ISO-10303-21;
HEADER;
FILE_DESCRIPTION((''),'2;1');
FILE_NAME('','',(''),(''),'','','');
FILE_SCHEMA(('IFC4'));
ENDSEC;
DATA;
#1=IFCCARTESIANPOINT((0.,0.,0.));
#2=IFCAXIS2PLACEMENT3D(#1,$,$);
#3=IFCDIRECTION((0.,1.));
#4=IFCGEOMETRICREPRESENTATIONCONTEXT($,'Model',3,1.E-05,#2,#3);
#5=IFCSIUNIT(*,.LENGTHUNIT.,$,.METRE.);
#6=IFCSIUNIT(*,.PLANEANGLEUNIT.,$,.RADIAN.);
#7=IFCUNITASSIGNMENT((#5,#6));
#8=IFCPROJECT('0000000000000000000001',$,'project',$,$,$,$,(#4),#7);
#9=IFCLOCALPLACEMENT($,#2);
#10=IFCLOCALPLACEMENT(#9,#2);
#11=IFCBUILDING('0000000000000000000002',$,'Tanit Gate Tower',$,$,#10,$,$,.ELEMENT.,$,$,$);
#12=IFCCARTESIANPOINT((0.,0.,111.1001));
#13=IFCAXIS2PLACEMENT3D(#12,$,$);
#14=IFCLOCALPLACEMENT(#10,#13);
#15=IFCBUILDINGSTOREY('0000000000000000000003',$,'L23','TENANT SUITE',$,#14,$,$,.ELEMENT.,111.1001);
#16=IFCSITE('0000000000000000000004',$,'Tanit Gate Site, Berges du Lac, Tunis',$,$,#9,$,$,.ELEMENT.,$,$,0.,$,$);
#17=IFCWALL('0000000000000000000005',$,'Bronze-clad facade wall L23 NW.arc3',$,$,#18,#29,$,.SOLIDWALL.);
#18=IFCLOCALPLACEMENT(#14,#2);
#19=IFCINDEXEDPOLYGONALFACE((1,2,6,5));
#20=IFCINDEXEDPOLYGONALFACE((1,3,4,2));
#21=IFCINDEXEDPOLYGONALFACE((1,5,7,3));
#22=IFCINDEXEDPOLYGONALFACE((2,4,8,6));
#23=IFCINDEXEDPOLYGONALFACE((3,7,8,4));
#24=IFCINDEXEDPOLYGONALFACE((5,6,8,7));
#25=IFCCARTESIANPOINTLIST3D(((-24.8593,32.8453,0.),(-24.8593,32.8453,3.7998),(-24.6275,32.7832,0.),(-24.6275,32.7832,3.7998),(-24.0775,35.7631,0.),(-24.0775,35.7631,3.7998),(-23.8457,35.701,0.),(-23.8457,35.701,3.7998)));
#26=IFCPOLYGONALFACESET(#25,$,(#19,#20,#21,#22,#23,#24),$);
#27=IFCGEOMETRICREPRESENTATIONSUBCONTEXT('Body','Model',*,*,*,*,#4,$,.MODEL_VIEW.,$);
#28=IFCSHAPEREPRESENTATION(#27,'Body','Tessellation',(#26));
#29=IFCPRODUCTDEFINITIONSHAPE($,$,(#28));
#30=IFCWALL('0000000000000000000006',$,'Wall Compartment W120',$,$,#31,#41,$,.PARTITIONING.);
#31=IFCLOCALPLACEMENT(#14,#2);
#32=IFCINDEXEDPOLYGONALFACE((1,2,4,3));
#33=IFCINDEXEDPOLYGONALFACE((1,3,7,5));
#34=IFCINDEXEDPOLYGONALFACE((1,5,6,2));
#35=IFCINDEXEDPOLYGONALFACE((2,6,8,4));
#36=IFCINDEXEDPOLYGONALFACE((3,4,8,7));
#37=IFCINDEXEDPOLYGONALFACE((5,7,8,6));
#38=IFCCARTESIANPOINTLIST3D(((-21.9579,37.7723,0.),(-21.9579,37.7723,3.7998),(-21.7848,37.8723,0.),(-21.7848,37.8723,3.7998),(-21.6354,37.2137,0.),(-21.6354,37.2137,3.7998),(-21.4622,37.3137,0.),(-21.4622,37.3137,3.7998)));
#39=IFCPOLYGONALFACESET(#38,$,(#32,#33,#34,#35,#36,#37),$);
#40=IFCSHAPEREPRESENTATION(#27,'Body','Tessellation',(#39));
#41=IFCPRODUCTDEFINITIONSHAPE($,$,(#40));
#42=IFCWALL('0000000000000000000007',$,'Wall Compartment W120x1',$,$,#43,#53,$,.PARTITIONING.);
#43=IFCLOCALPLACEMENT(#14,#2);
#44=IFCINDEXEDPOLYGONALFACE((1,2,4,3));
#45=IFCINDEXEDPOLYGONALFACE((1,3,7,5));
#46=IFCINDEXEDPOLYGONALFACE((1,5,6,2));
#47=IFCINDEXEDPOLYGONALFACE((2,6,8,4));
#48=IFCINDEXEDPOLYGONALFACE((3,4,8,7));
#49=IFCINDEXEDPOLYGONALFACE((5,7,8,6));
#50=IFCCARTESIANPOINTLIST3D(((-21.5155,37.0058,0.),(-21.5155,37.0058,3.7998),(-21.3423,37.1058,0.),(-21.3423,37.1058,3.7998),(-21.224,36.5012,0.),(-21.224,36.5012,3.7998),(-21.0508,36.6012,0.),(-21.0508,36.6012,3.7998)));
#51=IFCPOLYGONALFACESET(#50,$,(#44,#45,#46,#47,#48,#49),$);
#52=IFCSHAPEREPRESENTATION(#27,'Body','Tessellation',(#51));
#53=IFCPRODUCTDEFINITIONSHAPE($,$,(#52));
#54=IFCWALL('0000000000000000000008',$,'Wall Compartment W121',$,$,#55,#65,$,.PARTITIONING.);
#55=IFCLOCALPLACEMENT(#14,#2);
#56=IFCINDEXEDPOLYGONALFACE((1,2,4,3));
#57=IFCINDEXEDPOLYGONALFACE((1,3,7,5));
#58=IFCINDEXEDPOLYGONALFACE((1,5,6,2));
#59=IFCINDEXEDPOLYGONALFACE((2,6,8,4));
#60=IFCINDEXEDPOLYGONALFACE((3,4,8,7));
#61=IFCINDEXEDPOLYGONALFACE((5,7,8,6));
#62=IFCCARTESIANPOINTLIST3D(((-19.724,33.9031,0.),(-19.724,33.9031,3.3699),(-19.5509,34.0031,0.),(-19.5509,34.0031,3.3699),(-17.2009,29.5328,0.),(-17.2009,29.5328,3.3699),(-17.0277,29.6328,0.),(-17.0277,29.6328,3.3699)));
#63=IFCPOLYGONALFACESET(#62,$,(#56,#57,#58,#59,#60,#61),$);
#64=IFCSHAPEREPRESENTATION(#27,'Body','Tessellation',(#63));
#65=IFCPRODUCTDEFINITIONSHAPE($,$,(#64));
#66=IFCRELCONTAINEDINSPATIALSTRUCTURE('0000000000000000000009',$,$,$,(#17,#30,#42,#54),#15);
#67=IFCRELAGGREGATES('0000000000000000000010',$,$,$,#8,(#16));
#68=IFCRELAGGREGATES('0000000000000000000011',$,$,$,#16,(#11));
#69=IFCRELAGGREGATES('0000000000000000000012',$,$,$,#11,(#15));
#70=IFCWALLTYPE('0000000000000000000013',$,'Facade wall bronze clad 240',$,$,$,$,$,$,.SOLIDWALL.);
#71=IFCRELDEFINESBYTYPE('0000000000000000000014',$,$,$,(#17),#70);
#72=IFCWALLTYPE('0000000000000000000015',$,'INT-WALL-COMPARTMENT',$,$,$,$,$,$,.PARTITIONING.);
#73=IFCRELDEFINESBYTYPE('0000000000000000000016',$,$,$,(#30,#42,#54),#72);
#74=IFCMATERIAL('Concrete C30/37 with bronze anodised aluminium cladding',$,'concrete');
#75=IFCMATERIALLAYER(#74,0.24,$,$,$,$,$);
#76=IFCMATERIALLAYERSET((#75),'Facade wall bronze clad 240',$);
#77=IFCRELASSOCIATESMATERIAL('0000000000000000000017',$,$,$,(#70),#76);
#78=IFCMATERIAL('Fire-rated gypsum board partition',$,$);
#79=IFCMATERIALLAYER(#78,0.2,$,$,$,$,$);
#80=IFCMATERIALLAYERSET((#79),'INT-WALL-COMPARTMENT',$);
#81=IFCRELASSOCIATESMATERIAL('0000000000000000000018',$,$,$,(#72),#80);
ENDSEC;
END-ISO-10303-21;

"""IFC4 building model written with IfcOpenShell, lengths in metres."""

from ifc_helpers import new_model, si_unit, direction, frame, frame_2d, origin, place, context, subcontext, project, spatial, rectangle, extrude, material, layer, layer_set, type_object, element, save


model = new_model("IFC4")

# Units and contexts
model_context = context("Model", 3, precision=1e-05, world=origin(), true_north=direction((0.0, 1.0)))
body_context = subcontext(model_context, "Body", "Model", "MODEL_VIEW")
ifc_project = project(units=[si_unit("LENGTHUNIT", "METRE"), si_unit("PLANEANGLEUNIT", "RADIAN")], contexts=[model_context])

# Site, building, storey
site_placement = place(None, origin())
site = spatial("IfcSite", under=ifc_project, at=site_placement, Name="Tanit Gate Site, Berges du Lac, Tunis", CompositionType="ELEMENT", RefElevation=0.0)
building_placement = place(site_placement, origin())
building = spatial("IfcBuilding", under=site, at=building_placement, Name="Tanit Gate Tower", CompositionType="ELEMENT")
storey_placement = place(building_placement, frame((0.0, 0.0, 111.1001)))
storey = spatial("IfcBuildingStorey", under=building, at=storey_placement, Name="L23", Description="TENANT SUITE", CompositionType="ELEMENT", Elevation=111.1001)

# Walls
ifc_material_1 = material(Name="Concrete C30/37 with bronze anodised aluminium cladding", Category="concrete")
ifc_layer_1 = layer(ifc_material_1, 0.24)
ifc_layer_set_1 = layer_set([ifc_layer_1], Name="Facade wall bronze clad 240")
wall_type_1 = type_object("IfcWallType", Name="Facade wall bronze clad 240", PredefinedType="SOLIDWALL", material=ifc_layer_set_1)
wall_1_placement = place(storey_placement, frame((-23.9617, 35.7319, 0.0), z_axis=(0.0, 0.0, 1.0), x_axis=(-0.258799, -0.965931, 0.0)))
element("IfcWall", 1, at=wall_1_placement, inside=storey, type_object=wall_type_1, Name="Bronze-clad facade wall L23 NW.arc3", PredefinedType="SOLIDWALL", context=body_context, shape_type="SweptSolid", body=[
    extrude(rectangle(XDim=3.0208, YDim=0.24, at=frame_2d((1.5103, 0.0))), origin(), (0.0, 0.0, 1.0), 3.7998),
])
ifc_material_2 = material(Name="Fire-rated gypsum board partition")
ifc_layer_2 = layer(ifc_material_2, 0.2)
ifc_layer_set_2 = layer_set([ifc_layer_2], Name="INT-WALL-COMPARTMENT")
wall_type_2 = type_object("IfcWallType", Name="INT-WALL-COMPARTMENT", PredefinedType="PARTITIONING", material=ifc_layer_set_2)
wall_2_placement = place(storey_placement, frame((-21.8713, 37.8223, 0.0), z_axis=(0.0, 0.0, 1.0), x_axis=(0.500006, -0.866022, 0.0)))
element("IfcWall", 2, at=wall_2_placement, inside=storey, type_object=wall_type_2, Name="Wall Compartment W120", PredefinedType="PARTITIONING", context=body_context, shape_type="SweptSolid", body=[
    extrude(rectangle(XDim=0.645, YDim=0.2, at=frame_2d((0.3225, 0.0))), origin(), (0.0, 0.0, 1.0), 3.7998),
])
wall_3_placement = place(storey_placement, frame((-21.429, 37.0559, 0.0), z_axis=(0.0, 0.0, 1.0), x_axis=(0.500194, -0.865913, 0.0)))
element("IfcWall", 3, at=wall_3_placement, inside=storey, type_object=wall_type_2, Name="Wall Compartment W120x1", PredefinedType="PARTITIONING", context=body_context, shape_type="SweptSolid", body=[
    extrude(rectangle(XDim=0.5828, YDim=0.2, at=frame_2d((0.2915, 0.0))), origin(), (0.0, 0.0, 1.0), 3.7998),
])
wall_4_placement = place(storey_placement, frame((-19.6375, 33.9531, 0.0), z_axis=(0.0, 0.0, 1.0), x_axis=(0.499995, -0.866028, 0.0)))
element("IfcWall", 4, at=wall_4_placement, inside=storey, type_object=wall_type_2, Name="Wall Compartment W121", PredefinedType="PARTITIONING", context=body_context, shape_type="SweptSolid", body=[
    extrude(rectangle(XDim=5.0464, YDim=0.2, at=frame_2d((2.5232, 0.0))), origin(), (0.0, 0.0, 1.0), 3.3699),
])

save(model, "model.ifc")
